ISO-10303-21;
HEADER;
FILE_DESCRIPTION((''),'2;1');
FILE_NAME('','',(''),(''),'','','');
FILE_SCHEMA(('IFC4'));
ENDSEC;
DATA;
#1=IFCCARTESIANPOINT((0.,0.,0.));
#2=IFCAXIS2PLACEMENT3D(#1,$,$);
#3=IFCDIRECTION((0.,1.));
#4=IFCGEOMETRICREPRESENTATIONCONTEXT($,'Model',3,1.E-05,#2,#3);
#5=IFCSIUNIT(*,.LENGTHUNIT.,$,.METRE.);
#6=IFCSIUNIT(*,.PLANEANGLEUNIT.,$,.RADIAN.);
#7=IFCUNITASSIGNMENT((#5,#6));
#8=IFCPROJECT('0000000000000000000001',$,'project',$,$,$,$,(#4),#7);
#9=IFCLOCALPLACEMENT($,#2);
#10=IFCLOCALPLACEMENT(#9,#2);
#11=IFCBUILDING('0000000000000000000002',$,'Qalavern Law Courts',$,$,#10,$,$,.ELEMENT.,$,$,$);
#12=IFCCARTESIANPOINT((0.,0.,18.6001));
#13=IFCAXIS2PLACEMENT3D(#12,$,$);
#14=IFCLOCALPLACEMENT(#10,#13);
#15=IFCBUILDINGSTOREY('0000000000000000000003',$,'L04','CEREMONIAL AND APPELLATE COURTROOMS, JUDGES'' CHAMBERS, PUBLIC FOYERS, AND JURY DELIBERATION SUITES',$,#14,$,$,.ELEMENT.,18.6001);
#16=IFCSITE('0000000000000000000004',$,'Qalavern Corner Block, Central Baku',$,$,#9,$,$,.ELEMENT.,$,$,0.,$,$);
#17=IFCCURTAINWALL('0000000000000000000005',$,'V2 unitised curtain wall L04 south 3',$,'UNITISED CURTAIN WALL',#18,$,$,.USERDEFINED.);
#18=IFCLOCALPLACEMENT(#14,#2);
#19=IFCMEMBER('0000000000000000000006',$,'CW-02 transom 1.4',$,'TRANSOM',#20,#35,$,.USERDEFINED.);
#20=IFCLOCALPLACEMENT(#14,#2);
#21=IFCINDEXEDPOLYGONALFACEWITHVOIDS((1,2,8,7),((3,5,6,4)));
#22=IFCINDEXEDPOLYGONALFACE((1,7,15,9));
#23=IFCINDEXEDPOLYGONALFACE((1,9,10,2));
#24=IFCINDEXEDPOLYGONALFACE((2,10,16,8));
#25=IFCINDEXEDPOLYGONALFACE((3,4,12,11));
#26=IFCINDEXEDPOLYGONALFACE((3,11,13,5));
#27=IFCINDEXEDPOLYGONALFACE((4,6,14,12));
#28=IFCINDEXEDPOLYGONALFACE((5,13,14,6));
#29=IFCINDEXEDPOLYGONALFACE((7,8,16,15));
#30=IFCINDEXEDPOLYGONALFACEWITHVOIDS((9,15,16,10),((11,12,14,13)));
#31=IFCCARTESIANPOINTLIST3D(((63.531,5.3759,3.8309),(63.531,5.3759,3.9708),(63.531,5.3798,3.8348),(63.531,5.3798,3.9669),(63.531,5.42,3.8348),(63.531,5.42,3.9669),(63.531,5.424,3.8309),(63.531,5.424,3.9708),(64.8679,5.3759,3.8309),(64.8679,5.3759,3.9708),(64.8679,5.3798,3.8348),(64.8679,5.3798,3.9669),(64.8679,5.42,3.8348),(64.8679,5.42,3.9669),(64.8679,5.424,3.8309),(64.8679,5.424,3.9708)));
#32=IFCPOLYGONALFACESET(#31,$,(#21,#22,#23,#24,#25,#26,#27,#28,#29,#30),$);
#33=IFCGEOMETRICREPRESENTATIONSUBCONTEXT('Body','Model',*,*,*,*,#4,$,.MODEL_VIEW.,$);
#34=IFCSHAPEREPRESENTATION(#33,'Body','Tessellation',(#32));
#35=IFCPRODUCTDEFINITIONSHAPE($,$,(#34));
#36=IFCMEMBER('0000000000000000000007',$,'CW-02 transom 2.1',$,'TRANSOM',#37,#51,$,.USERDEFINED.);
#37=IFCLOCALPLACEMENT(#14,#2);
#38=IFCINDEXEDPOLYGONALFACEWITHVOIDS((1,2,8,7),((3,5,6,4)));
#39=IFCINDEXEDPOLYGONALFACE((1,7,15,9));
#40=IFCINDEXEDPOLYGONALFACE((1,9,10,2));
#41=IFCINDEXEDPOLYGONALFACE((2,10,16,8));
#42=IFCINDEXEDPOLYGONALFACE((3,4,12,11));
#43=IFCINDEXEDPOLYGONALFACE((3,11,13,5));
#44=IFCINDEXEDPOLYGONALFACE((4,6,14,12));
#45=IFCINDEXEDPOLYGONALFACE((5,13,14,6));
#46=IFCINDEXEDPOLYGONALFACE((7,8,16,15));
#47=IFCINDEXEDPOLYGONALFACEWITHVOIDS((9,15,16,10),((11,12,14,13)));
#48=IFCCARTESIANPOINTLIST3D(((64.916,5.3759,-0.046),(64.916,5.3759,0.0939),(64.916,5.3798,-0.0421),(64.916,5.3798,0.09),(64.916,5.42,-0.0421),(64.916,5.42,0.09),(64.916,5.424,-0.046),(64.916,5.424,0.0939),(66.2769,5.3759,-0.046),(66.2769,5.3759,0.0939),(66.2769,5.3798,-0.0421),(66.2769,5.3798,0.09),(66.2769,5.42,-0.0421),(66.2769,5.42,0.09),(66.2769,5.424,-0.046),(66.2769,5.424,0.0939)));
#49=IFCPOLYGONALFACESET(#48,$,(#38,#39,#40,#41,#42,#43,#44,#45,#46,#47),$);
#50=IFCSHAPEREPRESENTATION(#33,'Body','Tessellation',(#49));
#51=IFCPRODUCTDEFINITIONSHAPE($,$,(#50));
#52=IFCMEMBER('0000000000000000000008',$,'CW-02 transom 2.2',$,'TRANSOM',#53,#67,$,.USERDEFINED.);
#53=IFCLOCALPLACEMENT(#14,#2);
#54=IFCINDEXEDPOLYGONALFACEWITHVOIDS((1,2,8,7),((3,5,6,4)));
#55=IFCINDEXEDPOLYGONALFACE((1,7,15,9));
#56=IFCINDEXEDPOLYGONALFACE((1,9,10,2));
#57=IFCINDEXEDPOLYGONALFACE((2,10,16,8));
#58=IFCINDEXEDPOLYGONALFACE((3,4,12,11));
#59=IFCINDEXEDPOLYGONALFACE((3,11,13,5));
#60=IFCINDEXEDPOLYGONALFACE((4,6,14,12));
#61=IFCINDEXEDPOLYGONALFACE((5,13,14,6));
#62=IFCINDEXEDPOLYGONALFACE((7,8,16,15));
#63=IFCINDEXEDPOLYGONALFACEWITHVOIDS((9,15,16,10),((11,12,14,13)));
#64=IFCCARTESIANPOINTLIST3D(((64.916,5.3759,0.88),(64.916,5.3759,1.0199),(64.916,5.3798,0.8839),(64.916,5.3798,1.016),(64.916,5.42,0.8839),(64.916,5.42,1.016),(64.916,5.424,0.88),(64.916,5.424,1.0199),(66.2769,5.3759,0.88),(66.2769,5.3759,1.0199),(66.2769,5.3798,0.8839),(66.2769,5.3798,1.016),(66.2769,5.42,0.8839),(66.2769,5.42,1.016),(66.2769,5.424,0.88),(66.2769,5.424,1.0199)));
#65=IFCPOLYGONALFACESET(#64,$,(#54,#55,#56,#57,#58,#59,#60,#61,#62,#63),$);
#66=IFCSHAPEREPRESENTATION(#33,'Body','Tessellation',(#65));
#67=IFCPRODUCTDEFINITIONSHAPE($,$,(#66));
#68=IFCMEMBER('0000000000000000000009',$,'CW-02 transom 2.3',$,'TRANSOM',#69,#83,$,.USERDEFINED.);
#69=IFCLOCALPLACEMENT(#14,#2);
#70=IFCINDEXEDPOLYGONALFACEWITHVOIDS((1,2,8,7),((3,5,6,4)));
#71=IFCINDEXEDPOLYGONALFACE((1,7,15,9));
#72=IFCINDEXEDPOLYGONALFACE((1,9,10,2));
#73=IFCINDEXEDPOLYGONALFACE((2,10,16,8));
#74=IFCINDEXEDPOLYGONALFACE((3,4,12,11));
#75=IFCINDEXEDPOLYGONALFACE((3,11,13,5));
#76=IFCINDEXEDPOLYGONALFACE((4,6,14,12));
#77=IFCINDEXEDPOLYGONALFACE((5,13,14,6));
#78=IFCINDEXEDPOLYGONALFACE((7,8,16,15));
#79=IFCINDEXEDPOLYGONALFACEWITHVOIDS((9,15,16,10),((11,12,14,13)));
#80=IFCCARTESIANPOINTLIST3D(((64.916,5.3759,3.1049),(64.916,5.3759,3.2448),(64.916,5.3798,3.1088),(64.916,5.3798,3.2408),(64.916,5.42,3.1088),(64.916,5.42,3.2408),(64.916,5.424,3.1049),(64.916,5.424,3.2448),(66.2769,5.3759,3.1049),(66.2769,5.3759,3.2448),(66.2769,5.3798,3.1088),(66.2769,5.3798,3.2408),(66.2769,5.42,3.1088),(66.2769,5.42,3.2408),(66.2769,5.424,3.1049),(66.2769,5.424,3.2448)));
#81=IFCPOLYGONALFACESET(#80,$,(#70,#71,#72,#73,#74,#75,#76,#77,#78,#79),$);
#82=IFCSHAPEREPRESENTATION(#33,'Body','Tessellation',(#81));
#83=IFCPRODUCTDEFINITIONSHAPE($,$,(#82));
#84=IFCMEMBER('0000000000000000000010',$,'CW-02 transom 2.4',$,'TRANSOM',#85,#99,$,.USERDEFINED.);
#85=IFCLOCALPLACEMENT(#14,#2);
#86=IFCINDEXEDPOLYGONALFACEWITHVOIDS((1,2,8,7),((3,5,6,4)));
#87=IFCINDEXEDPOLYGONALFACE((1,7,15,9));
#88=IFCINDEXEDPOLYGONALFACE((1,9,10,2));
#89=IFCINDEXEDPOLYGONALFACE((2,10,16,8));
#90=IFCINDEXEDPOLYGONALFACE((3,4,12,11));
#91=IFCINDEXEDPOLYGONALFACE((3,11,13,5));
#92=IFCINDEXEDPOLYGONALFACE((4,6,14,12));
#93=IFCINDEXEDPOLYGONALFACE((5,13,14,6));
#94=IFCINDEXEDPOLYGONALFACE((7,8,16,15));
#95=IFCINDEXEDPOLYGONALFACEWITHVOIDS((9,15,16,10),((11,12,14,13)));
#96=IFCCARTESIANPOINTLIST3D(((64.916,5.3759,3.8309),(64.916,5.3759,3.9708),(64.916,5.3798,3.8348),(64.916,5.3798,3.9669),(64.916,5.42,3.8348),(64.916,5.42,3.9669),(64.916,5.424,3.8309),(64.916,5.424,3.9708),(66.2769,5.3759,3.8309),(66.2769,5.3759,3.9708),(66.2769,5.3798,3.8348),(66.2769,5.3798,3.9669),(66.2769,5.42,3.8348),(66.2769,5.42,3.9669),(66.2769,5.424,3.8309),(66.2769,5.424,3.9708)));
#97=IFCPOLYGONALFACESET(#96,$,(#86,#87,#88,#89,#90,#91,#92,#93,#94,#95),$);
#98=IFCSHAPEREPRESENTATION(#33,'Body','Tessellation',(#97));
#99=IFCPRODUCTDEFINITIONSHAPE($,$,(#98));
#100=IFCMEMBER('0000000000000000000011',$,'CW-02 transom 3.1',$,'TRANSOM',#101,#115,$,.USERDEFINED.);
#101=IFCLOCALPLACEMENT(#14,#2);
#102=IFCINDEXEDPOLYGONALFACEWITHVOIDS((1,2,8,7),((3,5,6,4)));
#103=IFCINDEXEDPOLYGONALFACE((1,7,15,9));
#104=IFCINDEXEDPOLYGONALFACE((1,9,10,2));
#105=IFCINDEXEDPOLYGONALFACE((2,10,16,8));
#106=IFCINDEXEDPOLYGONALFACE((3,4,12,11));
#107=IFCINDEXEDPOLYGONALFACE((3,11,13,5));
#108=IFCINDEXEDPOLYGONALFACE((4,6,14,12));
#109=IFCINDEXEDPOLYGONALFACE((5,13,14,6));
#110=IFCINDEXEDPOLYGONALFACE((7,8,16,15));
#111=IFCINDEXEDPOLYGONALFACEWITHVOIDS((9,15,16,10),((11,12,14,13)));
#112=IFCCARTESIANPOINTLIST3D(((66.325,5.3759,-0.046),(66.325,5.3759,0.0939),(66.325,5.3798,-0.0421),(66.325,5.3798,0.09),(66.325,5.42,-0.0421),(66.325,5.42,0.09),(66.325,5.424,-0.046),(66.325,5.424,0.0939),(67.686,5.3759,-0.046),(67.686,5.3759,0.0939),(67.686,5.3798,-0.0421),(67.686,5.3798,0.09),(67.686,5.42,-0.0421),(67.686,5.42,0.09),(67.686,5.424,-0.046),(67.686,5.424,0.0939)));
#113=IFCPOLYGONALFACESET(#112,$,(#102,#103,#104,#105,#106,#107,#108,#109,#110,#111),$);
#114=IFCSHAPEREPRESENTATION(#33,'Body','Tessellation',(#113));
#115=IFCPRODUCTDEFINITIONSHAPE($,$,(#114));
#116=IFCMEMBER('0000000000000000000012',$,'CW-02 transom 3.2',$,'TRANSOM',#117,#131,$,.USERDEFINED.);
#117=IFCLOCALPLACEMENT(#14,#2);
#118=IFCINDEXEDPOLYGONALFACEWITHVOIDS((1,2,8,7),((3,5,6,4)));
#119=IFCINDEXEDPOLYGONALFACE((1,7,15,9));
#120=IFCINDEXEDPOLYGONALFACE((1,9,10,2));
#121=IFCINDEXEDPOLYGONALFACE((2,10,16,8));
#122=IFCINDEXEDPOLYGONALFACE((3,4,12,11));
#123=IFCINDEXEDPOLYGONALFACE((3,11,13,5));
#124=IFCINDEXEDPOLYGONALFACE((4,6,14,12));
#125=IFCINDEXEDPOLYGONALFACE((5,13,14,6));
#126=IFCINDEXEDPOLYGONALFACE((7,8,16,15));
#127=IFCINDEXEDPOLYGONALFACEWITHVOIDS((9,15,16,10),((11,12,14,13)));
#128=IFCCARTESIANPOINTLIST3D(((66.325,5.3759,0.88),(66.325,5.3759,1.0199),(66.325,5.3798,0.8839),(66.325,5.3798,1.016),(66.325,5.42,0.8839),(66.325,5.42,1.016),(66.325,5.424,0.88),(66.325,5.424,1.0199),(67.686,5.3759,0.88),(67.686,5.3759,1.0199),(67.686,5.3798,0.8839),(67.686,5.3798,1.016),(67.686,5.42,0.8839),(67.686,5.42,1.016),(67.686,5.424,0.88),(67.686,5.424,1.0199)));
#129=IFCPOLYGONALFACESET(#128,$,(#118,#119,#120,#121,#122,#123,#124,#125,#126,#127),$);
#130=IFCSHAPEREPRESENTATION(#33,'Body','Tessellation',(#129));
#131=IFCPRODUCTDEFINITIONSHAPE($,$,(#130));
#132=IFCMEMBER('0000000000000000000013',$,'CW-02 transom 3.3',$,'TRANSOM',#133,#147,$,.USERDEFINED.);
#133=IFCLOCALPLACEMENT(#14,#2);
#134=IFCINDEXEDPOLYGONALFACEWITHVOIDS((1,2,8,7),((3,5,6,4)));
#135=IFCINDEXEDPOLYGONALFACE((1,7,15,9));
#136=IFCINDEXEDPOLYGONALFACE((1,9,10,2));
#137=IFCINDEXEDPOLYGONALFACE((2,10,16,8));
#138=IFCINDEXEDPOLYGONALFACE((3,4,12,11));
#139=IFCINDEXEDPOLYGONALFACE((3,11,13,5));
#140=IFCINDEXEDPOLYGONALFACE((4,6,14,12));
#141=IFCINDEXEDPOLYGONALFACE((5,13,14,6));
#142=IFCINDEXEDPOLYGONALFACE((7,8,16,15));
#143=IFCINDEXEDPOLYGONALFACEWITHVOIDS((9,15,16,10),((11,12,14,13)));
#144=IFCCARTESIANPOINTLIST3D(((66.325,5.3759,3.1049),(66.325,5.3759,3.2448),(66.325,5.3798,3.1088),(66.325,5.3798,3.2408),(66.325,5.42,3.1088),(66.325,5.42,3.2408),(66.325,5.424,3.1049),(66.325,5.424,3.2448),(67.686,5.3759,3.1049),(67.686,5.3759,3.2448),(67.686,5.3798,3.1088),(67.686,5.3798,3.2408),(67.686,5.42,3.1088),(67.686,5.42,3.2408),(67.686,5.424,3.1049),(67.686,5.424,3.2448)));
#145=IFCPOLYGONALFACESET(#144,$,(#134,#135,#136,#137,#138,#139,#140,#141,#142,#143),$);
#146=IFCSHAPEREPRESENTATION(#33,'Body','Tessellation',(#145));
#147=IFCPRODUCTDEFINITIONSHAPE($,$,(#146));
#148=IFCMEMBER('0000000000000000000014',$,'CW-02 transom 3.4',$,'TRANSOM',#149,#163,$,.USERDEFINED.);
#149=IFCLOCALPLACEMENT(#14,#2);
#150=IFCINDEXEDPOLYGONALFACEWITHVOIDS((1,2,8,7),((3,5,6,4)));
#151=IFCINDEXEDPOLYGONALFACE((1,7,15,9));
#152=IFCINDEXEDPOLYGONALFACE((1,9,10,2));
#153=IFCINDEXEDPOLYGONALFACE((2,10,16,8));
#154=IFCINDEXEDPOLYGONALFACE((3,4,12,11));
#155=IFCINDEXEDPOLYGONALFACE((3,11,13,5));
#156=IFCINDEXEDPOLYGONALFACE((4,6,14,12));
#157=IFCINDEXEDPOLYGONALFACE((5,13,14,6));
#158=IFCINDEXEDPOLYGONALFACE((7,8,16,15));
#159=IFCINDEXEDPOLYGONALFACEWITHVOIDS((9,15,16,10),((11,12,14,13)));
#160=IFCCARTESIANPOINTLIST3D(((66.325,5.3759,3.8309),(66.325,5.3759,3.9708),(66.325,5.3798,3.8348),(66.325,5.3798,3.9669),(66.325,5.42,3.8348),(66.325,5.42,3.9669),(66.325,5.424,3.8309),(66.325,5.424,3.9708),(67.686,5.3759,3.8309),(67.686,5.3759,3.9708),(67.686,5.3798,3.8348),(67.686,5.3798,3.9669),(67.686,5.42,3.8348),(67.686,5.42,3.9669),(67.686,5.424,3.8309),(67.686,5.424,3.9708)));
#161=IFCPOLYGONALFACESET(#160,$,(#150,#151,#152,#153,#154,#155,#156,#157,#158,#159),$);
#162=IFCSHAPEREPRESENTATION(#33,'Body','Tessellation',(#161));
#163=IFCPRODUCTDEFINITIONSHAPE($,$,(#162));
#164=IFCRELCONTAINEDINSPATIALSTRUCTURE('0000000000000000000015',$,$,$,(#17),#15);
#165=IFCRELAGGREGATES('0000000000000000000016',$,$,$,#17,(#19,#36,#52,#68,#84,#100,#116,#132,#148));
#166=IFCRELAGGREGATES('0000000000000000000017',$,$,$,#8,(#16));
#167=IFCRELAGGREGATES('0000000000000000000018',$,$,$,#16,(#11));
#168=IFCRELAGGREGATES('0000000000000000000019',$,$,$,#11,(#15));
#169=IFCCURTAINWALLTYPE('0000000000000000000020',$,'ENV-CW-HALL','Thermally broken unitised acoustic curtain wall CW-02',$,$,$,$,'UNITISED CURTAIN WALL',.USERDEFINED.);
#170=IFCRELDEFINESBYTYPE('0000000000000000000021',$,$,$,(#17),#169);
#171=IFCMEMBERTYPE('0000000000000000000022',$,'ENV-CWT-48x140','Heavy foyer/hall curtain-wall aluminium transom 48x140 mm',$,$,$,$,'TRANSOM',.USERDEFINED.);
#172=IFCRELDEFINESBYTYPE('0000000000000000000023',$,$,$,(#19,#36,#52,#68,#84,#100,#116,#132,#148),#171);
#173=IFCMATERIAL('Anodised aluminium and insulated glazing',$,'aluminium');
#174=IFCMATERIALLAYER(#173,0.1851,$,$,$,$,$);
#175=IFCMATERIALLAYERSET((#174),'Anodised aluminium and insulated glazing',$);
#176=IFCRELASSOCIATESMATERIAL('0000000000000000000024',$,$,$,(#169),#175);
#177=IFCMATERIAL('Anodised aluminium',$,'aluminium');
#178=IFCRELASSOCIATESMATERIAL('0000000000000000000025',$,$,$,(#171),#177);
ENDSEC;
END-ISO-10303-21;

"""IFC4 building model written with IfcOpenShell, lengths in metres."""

from ifc_helpers import new_model, si_unit, direction, frame, origin, origin_2d, place, context, subcontext, project, spatial, hollow_rectangle, extrude, material, layer, layer_set, material_profile, profile_set, type_object, element, aggregate, save


model = new_model("IFC4")

# Units and contexts
model_context = context("Model", 3, precision=1e-05, world=origin(), true_north=direction((0.0, 1.0)))
body_context = subcontext(model_context, "Body", "Model", "MODEL_VIEW")
ifc_project = project(units=[si_unit("LENGTHUNIT", "METRE"), si_unit("PLANEANGLEUNIT", "RADIAN")], contexts=[model_context])

# Site, building, storey
site_placement = place(None, origin())
site = spatial("IfcSite", under=ifc_project, at=site_placement, Name="Qalavern Corner Block, Central Baku", CompositionType="ELEMENT", RefElevation=0.0)
building_placement = place(site_placement, origin())
building = spatial("IfcBuilding", under=site, at=building_placement, Name="Qalavern Law Courts", CompositionType="ELEMENT")
storey_placement = place(building_placement, frame((0.0, 0.0, 18.6001)))
storey = spatial("IfcBuildingStorey", under=building, at=storey_placement, Name="L04", Description="CEREMONIAL AND APPELLATE COURTROOMS, JUDGES' CHAMBERS, PUBLIC FOYERS, AND JURY DELIBERATION SUITES", CompositionType="ELEMENT", Elevation=18.6001)

# Shared definitions
ifc_material_1 = material(Name="Anodised aluminium and insulated glazing", Category="aluminium")
ifc_layer_1 = layer(ifc_material_1, 0.1851)
ifc_layer_set_1 = layer_set([ifc_layer_1], Name="Anodised aluminium and insulated glazing")
curtain_wall_type = type_object("IfcCurtainWallType", Name="ENV-CW-HALL", Description="Thermally broken unitised acoustic curtain wall CW-02", ElementType="UNITISED CURTAIN WALL", PredefinedType="USERDEFINED", material=ifc_layer_set_1)
ifc_material_2 = material(Name="Anodised aluminium", Category="aluminium")

# Curtain wall
curtain_wall_1_placement = place(storey_placement, origin())
curtain_wall_1 = element("IfcCurtainWall", 1, at=curtain_wall_1_placement, inside=storey, type_object=curtain_wall_type, Name="V2 unitised curtain wall L04 south 3", ObjectType="UNITISED CURTAIN WALL", PredefinedType="USERDEFINED")

# Members
ifc_material_profile_1 = material_profile(ifc_material_2, hollow_rectangle(XDim=0.0481, YDim=0.1399, WallThickness=0.0039, at=origin_2d()), Name="ALU TRANSOM 48x140")
ifc_profile_set_1 = profile_set([ifc_material_profile_1], Name="Anodised aluminium")
member_type_1 = type_object("IfcMemberType", Name="ENV-CWT-48x140", Description="Heavy foyer/hall curtain-wall aluminium transom 48x140 mm", ElementType="TRANSOM", PredefinedType="USERDEFINED", material=ifc_profile_set_1)
member_1_placement = place(storey_placement, frame((63.531, 5.3999, 3.9009), z_axis=(1.0, 0.0, 0.0), x_axis=(0.0, 1.0, 0.0)))
member_1 = element("IfcMember", 2, at=member_1_placement, type_object=member_type_1, Name="CW-02 transom 1.4", ObjectType="TRANSOM", PredefinedType="USERDEFINED", context=body_context, shape_type="SweptSolid", body=[
    extrude(hollow_rectangle(XDim=0.0481, YDim=0.1399, WallThickness=0.0039, at=origin_2d()), origin(), (0.0, 0.0, 1.0), 1.3369),
])
member_2_placement = place(storey_placement, frame((64.916, 5.3999, 0.0239), z_axis=(1.0, 0.0, 0.0), x_axis=(0.0, 1.0, 0.0)))
member_2 = element("IfcMember", 3, at=member_2_placement, type_object=member_type_1, Name="CW-02 transom 2.1", ObjectType="TRANSOM", PredefinedType="USERDEFINED", context=body_context, shape_type="SweptSolid", body=[
    extrude(hollow_rectangle(XDim=0.0481, YDim=0.1399, WallThickness=0.0039, at=origin_2d()), origin(), (0.0, 0.0, 1.0), 1.3608),
])
member_3_placement = place(storey_placement, frame((64.916, 5.3999, 0.95), z_axis=(1.0, 0.0, 0.0), x_axis=(0.0, 1.0, 0.0)))
member_3 = element("IfcMember", 4, at=member_3_placement, type_object=member_type_1, Name="CW-02 transom 2.2", ObjectType="TRANSOM", PredefinedType="USERDEFINED", context=body_context, shape_type="SweptSolid", body=[
    extrude(hollow_rectangle(XDim=0.0481, YDim=0.1399, WallThickness=0.0039, at=origin_2d()), origin(), (0.0, 0.0, 1.0), 1.3608),
])
member_4_placement = place(storey_placement, frame((64.916, 5.3999, 3.1748), z_axis=(1.0, 0.0, 0.0), x_axis=(0.0, 1.0, 0.0)))
member_4 = element("IfcMember", 5, at=member_4_placement, type_object=member_type_1, Name="CW-02 transom 2.3", ObjectType="TRANSOM", PredefinedType="USERDEFINED", context=body_context, shape_type="SweptSolid", body=[
    extrude(hollow_rectangle(XDim=0.0481, YDim=0.1399, WallThickness=0.0039, at=origin_2d()), origin(), (0.0, 0.0, 1.0), 1.3608),
])
member_5_placement = place(storey_placement, frame((64.916, 5.3999, 3.9009), z_axis=(1.0, 0.0, 0.0), x_axis=(0.0, 1.0, 0.0)))
member_5 = element("IfcMember", 6, at=member_5_placement, type_object=member_type_1, Name="CW-02 transom 2.4", ObjectType="TRANSOM", PredefinedType="USERDEFINED", context=body_context, shape_type="SweptSolid", body=[
    extrude(hollow_rectangle(XDim=0.0481, YDim=0.1399, WallThickness=0.0039, at=origin_2d()), origin(), (0.0, 0.0, 1.0), 1.3608),
])
member_6_placement = place(storey_placement, frame((66.325, 5.3999, 0.0239), z_axis=(1.0, 0.0, 0.0), x_axis=(0.0, 1.0, 0.0)))
member_6 = element("IfcMember", 7, at=member_6_placement, type_object=member_type_1, Name="CW-02 transom 3.1", ObjectType="TRANSOM", PredefinedType="USERDEFINED", context=body_context, shape_type="SweptSolid", body=[
    extrude(hollow_rectangle(XDim=0.0481, YDim=0.1399, WallThickness=0.0039, at=origin_2d()), origin(), (0.0, 0.0, 1.0), 1.3611),
])
member_7_placement = place(storey_placement, frame((66.325, 5.3999, 0.95), z_axis=(1.0, 0.0, 0.0), x_axis=(0.0, 1.0, 0.0)))
member_7 = element("IfcMember", 8, at=member_7_placement, type_object=member_type_1, Name="CW-02 transom 3.2", ObjectType="TRANSOM", PredefinedType="USERDEFINED", context=body_context, shape_type="SweptSolid", body=[
    extrude(hollow_rectangle(XDim=0.0481, YDim=0.1399, WallThickness=0.0039, at=origin_2d()), origin(), (0.0, 0.0, 1.0), 1.3611),
])
member_8_placement = place(storey_placement, frame((66.325, 5.3999, 3.1748), z_axis=(1.0, 0.0, 0.0), x_axis=(0.0, 1.0, 0.0)))
member_8 = element("IfcMember", 9, at=member_8_placement, type_object=member_type_1, Name="CW-02 transom 3.3", ObjectType="TRANSOM", PredefinedType="USERDEFINED", context=body_context, shape_type="SweptSolid", body=[
    extrude(hollow_rectangle(XDim=0.0481, YDim=0.1399, WallThickness=0.0039, at=origin_2d()), origin(), (0.0, 0.0, 1.0), 1.3611),
])
member_9_placement = place(storey_placement, frame((66.325, 5.3999, 3.9009), z_axis=(1.0, 0.0, 0.0), x_axis=(0.0, 1.0, 0.0)))
member_9 = element("IfcMember", 10, at=member_9_placement, type_object=member_type_1, Name="CW-02 transom 3.4", ObjectType="TRANSOM", PredefinedType="USERDEFINED", context=body_context, shape_type="SweptSolid", body=[
    extrude(hollow_rectangle(XDim=0.0481, YDim=0.1399, WallThickness=0.0039, at=origin_2d()), origin(), (0.0, 0.0, 1.0), 1.3611),
])

aggregate(curtain_wall_1, [member_1, member_2, member_3, member_4, member_5, member_6, member_7, member_8, member_9])

save(model, "model.ifc")
